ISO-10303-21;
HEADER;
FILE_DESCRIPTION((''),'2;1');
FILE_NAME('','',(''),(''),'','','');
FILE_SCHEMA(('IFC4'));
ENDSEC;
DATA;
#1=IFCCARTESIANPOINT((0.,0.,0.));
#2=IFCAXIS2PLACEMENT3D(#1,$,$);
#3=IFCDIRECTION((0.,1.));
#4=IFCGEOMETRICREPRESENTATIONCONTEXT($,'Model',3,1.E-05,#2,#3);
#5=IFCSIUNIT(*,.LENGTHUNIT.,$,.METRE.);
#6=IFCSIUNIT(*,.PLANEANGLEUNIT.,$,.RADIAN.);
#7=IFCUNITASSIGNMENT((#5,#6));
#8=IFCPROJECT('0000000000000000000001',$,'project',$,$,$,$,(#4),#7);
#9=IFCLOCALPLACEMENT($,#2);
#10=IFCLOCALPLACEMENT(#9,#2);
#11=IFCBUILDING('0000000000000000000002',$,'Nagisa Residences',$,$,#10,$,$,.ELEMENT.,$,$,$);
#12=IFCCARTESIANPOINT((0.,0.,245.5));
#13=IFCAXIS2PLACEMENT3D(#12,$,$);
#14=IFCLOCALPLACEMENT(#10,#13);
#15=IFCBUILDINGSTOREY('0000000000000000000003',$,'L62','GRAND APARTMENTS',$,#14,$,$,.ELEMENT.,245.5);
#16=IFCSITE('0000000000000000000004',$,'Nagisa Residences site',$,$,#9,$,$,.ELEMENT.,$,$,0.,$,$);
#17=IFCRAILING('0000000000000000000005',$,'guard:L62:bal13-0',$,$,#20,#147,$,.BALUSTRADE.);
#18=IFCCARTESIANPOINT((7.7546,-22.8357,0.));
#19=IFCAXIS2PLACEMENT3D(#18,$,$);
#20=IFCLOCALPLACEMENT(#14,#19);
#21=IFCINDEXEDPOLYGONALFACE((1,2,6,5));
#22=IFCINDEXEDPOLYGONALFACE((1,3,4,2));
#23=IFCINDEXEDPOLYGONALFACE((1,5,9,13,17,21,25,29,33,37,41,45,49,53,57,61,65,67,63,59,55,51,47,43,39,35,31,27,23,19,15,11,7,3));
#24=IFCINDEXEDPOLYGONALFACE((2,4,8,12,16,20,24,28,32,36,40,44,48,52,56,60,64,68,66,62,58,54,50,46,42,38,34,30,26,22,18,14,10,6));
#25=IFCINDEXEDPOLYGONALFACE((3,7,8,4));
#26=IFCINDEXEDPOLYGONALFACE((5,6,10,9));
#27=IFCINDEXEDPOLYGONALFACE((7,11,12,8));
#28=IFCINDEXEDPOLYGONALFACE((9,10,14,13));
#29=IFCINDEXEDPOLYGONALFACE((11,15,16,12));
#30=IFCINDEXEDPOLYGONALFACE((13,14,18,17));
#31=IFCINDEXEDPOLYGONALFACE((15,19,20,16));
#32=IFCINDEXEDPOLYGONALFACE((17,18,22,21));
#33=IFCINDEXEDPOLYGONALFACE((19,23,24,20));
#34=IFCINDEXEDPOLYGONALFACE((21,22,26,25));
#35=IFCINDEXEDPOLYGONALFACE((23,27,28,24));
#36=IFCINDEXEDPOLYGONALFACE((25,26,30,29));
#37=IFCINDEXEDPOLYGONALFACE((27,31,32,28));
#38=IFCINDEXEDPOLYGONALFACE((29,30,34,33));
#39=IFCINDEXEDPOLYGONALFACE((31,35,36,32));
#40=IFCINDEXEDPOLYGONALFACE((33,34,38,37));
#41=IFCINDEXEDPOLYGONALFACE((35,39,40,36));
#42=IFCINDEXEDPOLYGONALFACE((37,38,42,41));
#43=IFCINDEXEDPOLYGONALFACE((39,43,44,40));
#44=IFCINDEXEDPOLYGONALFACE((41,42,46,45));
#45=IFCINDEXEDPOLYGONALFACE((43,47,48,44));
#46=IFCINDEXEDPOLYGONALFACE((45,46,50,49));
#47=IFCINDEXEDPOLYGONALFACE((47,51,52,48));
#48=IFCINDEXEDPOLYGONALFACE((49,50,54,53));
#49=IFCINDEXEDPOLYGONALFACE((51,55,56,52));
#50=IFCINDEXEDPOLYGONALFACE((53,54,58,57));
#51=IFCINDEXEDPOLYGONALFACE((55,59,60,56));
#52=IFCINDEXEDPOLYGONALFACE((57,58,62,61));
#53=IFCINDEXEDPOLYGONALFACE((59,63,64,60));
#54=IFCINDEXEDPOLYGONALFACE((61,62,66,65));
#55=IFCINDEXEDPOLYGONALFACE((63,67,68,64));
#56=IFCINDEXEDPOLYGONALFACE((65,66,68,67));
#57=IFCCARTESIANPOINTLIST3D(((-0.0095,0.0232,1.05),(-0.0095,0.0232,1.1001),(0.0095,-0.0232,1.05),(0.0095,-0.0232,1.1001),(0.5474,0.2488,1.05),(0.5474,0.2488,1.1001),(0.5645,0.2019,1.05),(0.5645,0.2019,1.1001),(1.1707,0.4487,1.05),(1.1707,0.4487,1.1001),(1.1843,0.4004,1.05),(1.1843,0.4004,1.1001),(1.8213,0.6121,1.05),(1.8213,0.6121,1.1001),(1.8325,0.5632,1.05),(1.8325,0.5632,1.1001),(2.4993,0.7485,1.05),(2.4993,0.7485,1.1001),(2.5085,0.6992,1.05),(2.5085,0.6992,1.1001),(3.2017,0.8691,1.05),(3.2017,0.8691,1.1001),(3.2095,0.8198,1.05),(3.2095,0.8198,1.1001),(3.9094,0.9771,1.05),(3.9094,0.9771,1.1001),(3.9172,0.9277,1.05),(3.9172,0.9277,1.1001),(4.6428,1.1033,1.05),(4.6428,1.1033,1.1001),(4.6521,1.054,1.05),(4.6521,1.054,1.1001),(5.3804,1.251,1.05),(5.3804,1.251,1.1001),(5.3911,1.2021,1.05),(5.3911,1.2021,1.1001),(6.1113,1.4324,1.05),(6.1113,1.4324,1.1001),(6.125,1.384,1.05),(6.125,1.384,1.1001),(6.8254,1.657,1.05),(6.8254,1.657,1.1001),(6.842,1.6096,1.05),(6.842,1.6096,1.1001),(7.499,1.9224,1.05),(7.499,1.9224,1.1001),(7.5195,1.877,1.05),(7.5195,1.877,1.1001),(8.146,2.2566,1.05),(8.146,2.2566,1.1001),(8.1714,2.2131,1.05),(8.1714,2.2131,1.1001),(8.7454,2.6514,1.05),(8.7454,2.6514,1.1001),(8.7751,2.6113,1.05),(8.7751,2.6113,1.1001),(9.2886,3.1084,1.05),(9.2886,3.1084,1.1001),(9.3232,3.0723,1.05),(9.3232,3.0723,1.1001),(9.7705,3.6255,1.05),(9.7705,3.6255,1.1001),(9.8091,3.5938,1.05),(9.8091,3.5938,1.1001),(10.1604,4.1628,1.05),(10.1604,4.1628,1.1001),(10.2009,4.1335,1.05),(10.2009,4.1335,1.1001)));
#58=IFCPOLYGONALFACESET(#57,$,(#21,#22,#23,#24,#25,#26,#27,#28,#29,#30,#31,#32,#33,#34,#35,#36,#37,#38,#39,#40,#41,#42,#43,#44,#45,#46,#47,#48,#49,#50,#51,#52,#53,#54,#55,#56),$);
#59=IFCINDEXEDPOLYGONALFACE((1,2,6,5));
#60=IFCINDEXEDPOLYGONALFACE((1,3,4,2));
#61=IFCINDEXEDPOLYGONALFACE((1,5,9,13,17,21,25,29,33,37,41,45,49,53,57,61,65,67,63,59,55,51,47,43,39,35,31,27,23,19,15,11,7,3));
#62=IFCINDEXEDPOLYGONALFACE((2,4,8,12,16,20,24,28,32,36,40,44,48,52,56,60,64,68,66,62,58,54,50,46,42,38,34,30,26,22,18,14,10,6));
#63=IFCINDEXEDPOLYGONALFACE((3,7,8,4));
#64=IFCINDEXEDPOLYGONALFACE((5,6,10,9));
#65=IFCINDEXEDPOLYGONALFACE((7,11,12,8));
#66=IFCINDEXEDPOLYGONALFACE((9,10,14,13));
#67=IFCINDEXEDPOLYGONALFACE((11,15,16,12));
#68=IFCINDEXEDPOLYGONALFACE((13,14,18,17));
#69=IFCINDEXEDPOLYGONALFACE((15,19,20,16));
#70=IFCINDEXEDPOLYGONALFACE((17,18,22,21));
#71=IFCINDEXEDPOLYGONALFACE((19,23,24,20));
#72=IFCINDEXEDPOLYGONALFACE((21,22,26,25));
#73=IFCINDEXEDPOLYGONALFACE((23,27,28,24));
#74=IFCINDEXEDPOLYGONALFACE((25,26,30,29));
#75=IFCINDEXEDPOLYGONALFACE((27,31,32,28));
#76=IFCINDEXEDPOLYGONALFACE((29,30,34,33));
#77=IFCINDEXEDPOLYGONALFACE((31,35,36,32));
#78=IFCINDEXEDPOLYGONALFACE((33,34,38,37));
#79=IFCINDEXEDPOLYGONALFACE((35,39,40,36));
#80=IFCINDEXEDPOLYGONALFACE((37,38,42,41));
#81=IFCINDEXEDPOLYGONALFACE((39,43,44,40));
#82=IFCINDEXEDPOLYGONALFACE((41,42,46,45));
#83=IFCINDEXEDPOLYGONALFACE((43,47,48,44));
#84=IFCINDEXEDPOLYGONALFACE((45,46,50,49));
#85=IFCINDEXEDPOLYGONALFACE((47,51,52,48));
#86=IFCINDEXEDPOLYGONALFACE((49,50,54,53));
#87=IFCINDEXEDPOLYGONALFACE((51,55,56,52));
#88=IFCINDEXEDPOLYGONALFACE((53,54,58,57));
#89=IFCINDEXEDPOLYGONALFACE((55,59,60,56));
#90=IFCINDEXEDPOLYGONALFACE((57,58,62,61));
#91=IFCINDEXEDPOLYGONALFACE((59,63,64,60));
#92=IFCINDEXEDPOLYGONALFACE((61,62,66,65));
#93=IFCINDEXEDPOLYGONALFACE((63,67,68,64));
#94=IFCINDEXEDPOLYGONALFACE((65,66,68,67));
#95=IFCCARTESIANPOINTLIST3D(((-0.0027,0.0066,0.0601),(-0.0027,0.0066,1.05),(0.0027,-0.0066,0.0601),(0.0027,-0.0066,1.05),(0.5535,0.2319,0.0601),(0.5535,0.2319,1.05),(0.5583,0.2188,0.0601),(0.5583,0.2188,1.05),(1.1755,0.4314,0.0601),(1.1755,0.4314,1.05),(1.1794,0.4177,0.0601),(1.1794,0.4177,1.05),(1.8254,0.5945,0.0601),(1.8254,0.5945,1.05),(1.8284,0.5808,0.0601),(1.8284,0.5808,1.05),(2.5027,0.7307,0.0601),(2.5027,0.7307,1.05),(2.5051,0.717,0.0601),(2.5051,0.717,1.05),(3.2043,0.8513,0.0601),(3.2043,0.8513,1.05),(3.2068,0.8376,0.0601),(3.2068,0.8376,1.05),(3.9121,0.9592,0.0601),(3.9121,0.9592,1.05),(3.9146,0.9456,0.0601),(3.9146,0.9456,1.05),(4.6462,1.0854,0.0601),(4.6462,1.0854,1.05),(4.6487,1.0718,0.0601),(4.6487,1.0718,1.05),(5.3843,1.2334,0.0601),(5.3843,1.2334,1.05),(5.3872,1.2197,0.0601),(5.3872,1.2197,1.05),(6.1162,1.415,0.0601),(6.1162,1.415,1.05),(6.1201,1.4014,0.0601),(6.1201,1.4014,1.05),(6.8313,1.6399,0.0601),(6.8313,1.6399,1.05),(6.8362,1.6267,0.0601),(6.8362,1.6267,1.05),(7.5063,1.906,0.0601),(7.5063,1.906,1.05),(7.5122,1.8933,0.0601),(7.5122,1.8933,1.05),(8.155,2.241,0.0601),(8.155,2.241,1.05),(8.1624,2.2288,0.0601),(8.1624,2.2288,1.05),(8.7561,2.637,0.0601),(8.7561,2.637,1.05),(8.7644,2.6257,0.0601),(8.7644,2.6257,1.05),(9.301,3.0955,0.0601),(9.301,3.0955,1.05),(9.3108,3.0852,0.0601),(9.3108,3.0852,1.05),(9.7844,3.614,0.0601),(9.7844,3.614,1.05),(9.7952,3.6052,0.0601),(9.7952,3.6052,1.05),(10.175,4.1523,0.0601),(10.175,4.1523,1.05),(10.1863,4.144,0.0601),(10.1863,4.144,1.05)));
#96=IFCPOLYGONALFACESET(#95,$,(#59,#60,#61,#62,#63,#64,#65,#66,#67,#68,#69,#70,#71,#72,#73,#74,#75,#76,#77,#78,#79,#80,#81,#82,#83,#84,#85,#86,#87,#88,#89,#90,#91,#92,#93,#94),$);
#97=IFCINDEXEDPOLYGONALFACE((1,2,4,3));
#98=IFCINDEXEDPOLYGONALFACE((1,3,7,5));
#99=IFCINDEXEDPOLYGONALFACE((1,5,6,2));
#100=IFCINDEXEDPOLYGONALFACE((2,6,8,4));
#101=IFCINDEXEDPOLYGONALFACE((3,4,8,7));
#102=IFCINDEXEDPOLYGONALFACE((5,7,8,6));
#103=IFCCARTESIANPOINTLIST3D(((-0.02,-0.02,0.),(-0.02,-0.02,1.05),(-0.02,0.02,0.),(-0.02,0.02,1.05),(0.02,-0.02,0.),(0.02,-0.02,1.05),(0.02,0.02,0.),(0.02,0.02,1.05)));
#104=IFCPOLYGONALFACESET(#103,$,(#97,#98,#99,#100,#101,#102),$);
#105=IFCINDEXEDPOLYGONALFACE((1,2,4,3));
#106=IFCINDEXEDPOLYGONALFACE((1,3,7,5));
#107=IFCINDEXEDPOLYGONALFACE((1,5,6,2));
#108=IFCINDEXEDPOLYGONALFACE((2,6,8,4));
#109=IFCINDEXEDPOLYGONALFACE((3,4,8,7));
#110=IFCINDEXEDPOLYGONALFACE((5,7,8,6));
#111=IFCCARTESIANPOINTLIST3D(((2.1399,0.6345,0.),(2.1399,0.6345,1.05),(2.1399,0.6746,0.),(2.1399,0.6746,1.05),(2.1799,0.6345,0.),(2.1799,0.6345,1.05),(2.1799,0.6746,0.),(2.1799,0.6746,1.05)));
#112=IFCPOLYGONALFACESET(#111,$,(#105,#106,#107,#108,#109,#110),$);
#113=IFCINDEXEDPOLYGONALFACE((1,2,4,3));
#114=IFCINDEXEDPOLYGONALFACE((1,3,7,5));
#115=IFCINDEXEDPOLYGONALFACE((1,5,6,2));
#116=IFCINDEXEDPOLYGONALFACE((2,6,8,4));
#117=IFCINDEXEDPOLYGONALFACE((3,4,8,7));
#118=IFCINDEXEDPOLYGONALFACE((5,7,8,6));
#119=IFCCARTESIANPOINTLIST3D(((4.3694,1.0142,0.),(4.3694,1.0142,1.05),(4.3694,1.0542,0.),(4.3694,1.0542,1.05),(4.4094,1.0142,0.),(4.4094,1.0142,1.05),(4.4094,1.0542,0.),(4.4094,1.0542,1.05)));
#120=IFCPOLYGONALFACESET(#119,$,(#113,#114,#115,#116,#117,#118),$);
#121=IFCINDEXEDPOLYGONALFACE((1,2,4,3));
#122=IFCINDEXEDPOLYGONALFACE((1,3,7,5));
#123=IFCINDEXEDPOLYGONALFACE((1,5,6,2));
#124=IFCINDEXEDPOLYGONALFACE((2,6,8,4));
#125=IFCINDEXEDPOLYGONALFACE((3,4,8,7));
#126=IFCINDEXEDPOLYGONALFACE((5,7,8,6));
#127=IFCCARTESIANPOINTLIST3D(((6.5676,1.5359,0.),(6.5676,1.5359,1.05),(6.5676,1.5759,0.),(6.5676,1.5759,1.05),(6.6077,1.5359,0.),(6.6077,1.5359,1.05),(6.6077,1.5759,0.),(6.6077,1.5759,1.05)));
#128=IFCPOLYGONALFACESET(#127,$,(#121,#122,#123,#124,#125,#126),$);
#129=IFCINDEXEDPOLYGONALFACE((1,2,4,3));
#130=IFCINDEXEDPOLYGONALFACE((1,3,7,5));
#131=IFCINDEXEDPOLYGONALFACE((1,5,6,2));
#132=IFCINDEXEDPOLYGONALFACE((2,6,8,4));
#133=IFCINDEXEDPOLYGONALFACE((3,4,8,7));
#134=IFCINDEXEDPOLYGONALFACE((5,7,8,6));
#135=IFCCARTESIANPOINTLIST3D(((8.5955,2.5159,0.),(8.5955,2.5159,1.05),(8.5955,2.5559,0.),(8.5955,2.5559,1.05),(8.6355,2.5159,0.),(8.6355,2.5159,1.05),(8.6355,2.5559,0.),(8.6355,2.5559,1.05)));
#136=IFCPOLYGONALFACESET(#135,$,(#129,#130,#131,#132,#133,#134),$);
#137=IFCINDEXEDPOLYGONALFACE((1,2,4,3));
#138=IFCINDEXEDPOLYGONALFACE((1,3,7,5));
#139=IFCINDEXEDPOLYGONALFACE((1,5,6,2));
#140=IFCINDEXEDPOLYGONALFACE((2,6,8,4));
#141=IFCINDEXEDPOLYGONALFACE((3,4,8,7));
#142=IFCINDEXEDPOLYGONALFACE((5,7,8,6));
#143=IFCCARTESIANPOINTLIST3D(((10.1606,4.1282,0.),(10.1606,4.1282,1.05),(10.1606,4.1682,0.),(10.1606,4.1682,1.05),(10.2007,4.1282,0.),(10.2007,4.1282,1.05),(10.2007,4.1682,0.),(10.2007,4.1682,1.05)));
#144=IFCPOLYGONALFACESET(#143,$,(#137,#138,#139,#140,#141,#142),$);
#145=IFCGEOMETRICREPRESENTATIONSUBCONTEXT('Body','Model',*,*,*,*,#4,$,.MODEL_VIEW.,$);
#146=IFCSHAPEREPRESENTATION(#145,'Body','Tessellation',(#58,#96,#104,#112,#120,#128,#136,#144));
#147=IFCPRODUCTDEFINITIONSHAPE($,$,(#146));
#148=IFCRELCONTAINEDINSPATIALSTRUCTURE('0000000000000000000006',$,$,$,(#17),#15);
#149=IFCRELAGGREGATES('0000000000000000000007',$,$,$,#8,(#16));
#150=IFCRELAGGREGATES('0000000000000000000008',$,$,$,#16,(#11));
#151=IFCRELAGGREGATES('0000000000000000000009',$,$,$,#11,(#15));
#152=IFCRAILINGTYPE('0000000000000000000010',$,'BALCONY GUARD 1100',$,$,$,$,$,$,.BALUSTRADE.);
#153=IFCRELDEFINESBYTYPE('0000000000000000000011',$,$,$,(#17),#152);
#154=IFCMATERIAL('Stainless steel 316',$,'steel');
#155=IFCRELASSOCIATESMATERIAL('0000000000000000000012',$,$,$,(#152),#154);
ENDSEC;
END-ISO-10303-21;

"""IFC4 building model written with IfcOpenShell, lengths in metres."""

from ifc_helpers import new_model, si_unit, direction, frame, origin, origin_2d, place, context, subcontext, project, spatial, polyline, rectangle, outline, extrude, material, type_object, element, save


model = new_model("IFC4")

# Units and contexts
model_context = context("Model", 3, precision=1e-05, world=origin(), true_north=direction((0.0, 1.0)))
body_context = subcontext(model_context, "Body", "Model", "MODEL_VIEW")
ifc_project = project(units=[si_unit("LENGTHUNIT", "METRE"), si_unit("PLANEANGLEUNIT", "RADIAN")], contexts=[model_context])

# Site, building, storey
site_placement = place(None, origin())
site = spatial("IfcSite", under=ifc_project, at=site_placement, Name="Nagisa Residences site", CompositionType="ELEMENT", RefElevation=0.0)
building_placement = place(site_placement, origin())
building = spatial("IfcBuilding", under=site, at=building_placement, Name="Nagisa Residences", CompositionType="ELEMENT")
storey_placement = place(building_placement, frame((0.0, 0.0, 245.5)))
storey = spatial("IfcBuildingStorey", under=building, at=storey_placement, Name="L62", Description="GRAND APARTMENTS", CompositionType="ELEMENT", Elevation=245.5)

# Railing
ifc_material_1 = material(Name="Stainless steel 316", Category="steel")
railing_type = type_object("IfcRailingType", Name="BALCONY GUARD 1100", PredefinedType="BALUSTRADE", material=ifc_material_1)
railing_placement = place(storey_placement, frame((7.7546, -22.8357, 0.0)))
element("IfcRailing", 1, at=railing_placement, inside=storey, type_object=railing_type, Name="guard:L62:bal13-0", PredefinedType="BALUSTRADE", context=body_context, shape_type="SweptSolid", body=[
    extrude(outline(polyline([(0.5474, 0.2488), (-0.0095, 0.0232), (0.0095, -0.0232), (0.5645, 0.2019), (1.1843, 0.4004), (1.8325, 0.5632), (2.5085, 0.6992), (3.2095, 0.8198), (3.9172, 0.9277), (4.6521, 1.054), (5.3911, 1.2021), (6.125, 1.384), (6.842, 1.6096), (7.5195, 1.877), (8.1714, 2.2131), (8.7751, 2.6113), (9.3232, 3.0723), (9.8091, 3.5938), (10.2009, 4.1335), (10.1604, 4.1628), (9.7705, 3.6255), (9.2886, 3.1084), (8.7454, 2.6514), (8.146, 2.2566), (7.499, 1.9224), (6.8254, 1.657), (6.1113, 1.4324), (5.3804, 1.251), (4.6428, 1.1033), (3.9094, 0.9771), (3.2017, 0.8691), (2.4993, 0.7485), (1.8213, 0.6121), (1.1707, 0.4487), (0.5474, 0.2488)])), frame((0.0, 0.0, 1.05)), (0.0, 0.0, 1.0), 0.05),
    extrude(outline(polyline([(0.5535, 0.2319), (-0.0027, 0.0066), (0.0027, -0.0066), (0.5583, 0.2188), (1.1794, 0.4177), (1.8284, 0.5808), (2.5051, 0.717), (3.2068, 0.8376), (3.9146, 0.9456), (4.6487, 1.0718), (5.3872, 1.2197), (6.1201, 1.4014), (6.8362, 1.6267), (7.5122, 1.8933), (8.1624, 2.2288), (8.7644, 2.6257), (9.3108, 3.0852), (9.7952, 3.6052), (10.1863, 4.144), (10.175, 4.1523), (9.7844, 3.614), (9.301, 3.0955), (8.7561, 2.637), (8.155, 2.241), (7.5063, 1.906), (6.8313, 1.6399), (6.1162, 1.415), (5.3843, 1.2334), (4.6462, 1.0854), (3.9121, 0.9592), (3.2043, 0.8513), (2.5027, 0.7307), (1.8254, 0.5945), (1.1755, 0.4314), (0.5535, 0.2319)])), frame((0.0, 0.0, 0.0601)), (0.0, 0.0, 1.0), 0.99),
    extrude(rectangle(XDim=0.04, YDim=0.04, at=origin_2d()), origin(), (0.0, 0.0, 1.0), 1.05),
    extrude(rectangle(XDim=0.04, YDim=0.04, at=origin_2d()), frame((2.1599, 0.6545, 0.0)), (0.0, 0.0, 1.0), 1.05),
    extrude(rectangle(XDim=0.04, YDim=0.04, at=origin_2d()), frame((4.3894, 1.0342, 0.0)), (0.0, 0.0, 1.0), 1.05),
    extrude(rectangle(XDim=0.04, YDim=0.04, at=origin_2d()), frame((6.5876, 1.5559, 0.0)), (0.0, 0.0, 1.0), 1.05),
    extrude(rectangle(XDim=0.04, YDim=0.04, at=origin_2d()), frame((8.6155, 2.5359, 0.0)), (0.0, 0.0, 1.0), 1.05),
    extrude(rectangle(XDim=0.04, YDim=0.04, at=origin_2d()), frame((10.1807, 4.1482, 0.0)), (0.0, 0.0, 1.0), 1.05),
])

save(model, "model.ifc")
